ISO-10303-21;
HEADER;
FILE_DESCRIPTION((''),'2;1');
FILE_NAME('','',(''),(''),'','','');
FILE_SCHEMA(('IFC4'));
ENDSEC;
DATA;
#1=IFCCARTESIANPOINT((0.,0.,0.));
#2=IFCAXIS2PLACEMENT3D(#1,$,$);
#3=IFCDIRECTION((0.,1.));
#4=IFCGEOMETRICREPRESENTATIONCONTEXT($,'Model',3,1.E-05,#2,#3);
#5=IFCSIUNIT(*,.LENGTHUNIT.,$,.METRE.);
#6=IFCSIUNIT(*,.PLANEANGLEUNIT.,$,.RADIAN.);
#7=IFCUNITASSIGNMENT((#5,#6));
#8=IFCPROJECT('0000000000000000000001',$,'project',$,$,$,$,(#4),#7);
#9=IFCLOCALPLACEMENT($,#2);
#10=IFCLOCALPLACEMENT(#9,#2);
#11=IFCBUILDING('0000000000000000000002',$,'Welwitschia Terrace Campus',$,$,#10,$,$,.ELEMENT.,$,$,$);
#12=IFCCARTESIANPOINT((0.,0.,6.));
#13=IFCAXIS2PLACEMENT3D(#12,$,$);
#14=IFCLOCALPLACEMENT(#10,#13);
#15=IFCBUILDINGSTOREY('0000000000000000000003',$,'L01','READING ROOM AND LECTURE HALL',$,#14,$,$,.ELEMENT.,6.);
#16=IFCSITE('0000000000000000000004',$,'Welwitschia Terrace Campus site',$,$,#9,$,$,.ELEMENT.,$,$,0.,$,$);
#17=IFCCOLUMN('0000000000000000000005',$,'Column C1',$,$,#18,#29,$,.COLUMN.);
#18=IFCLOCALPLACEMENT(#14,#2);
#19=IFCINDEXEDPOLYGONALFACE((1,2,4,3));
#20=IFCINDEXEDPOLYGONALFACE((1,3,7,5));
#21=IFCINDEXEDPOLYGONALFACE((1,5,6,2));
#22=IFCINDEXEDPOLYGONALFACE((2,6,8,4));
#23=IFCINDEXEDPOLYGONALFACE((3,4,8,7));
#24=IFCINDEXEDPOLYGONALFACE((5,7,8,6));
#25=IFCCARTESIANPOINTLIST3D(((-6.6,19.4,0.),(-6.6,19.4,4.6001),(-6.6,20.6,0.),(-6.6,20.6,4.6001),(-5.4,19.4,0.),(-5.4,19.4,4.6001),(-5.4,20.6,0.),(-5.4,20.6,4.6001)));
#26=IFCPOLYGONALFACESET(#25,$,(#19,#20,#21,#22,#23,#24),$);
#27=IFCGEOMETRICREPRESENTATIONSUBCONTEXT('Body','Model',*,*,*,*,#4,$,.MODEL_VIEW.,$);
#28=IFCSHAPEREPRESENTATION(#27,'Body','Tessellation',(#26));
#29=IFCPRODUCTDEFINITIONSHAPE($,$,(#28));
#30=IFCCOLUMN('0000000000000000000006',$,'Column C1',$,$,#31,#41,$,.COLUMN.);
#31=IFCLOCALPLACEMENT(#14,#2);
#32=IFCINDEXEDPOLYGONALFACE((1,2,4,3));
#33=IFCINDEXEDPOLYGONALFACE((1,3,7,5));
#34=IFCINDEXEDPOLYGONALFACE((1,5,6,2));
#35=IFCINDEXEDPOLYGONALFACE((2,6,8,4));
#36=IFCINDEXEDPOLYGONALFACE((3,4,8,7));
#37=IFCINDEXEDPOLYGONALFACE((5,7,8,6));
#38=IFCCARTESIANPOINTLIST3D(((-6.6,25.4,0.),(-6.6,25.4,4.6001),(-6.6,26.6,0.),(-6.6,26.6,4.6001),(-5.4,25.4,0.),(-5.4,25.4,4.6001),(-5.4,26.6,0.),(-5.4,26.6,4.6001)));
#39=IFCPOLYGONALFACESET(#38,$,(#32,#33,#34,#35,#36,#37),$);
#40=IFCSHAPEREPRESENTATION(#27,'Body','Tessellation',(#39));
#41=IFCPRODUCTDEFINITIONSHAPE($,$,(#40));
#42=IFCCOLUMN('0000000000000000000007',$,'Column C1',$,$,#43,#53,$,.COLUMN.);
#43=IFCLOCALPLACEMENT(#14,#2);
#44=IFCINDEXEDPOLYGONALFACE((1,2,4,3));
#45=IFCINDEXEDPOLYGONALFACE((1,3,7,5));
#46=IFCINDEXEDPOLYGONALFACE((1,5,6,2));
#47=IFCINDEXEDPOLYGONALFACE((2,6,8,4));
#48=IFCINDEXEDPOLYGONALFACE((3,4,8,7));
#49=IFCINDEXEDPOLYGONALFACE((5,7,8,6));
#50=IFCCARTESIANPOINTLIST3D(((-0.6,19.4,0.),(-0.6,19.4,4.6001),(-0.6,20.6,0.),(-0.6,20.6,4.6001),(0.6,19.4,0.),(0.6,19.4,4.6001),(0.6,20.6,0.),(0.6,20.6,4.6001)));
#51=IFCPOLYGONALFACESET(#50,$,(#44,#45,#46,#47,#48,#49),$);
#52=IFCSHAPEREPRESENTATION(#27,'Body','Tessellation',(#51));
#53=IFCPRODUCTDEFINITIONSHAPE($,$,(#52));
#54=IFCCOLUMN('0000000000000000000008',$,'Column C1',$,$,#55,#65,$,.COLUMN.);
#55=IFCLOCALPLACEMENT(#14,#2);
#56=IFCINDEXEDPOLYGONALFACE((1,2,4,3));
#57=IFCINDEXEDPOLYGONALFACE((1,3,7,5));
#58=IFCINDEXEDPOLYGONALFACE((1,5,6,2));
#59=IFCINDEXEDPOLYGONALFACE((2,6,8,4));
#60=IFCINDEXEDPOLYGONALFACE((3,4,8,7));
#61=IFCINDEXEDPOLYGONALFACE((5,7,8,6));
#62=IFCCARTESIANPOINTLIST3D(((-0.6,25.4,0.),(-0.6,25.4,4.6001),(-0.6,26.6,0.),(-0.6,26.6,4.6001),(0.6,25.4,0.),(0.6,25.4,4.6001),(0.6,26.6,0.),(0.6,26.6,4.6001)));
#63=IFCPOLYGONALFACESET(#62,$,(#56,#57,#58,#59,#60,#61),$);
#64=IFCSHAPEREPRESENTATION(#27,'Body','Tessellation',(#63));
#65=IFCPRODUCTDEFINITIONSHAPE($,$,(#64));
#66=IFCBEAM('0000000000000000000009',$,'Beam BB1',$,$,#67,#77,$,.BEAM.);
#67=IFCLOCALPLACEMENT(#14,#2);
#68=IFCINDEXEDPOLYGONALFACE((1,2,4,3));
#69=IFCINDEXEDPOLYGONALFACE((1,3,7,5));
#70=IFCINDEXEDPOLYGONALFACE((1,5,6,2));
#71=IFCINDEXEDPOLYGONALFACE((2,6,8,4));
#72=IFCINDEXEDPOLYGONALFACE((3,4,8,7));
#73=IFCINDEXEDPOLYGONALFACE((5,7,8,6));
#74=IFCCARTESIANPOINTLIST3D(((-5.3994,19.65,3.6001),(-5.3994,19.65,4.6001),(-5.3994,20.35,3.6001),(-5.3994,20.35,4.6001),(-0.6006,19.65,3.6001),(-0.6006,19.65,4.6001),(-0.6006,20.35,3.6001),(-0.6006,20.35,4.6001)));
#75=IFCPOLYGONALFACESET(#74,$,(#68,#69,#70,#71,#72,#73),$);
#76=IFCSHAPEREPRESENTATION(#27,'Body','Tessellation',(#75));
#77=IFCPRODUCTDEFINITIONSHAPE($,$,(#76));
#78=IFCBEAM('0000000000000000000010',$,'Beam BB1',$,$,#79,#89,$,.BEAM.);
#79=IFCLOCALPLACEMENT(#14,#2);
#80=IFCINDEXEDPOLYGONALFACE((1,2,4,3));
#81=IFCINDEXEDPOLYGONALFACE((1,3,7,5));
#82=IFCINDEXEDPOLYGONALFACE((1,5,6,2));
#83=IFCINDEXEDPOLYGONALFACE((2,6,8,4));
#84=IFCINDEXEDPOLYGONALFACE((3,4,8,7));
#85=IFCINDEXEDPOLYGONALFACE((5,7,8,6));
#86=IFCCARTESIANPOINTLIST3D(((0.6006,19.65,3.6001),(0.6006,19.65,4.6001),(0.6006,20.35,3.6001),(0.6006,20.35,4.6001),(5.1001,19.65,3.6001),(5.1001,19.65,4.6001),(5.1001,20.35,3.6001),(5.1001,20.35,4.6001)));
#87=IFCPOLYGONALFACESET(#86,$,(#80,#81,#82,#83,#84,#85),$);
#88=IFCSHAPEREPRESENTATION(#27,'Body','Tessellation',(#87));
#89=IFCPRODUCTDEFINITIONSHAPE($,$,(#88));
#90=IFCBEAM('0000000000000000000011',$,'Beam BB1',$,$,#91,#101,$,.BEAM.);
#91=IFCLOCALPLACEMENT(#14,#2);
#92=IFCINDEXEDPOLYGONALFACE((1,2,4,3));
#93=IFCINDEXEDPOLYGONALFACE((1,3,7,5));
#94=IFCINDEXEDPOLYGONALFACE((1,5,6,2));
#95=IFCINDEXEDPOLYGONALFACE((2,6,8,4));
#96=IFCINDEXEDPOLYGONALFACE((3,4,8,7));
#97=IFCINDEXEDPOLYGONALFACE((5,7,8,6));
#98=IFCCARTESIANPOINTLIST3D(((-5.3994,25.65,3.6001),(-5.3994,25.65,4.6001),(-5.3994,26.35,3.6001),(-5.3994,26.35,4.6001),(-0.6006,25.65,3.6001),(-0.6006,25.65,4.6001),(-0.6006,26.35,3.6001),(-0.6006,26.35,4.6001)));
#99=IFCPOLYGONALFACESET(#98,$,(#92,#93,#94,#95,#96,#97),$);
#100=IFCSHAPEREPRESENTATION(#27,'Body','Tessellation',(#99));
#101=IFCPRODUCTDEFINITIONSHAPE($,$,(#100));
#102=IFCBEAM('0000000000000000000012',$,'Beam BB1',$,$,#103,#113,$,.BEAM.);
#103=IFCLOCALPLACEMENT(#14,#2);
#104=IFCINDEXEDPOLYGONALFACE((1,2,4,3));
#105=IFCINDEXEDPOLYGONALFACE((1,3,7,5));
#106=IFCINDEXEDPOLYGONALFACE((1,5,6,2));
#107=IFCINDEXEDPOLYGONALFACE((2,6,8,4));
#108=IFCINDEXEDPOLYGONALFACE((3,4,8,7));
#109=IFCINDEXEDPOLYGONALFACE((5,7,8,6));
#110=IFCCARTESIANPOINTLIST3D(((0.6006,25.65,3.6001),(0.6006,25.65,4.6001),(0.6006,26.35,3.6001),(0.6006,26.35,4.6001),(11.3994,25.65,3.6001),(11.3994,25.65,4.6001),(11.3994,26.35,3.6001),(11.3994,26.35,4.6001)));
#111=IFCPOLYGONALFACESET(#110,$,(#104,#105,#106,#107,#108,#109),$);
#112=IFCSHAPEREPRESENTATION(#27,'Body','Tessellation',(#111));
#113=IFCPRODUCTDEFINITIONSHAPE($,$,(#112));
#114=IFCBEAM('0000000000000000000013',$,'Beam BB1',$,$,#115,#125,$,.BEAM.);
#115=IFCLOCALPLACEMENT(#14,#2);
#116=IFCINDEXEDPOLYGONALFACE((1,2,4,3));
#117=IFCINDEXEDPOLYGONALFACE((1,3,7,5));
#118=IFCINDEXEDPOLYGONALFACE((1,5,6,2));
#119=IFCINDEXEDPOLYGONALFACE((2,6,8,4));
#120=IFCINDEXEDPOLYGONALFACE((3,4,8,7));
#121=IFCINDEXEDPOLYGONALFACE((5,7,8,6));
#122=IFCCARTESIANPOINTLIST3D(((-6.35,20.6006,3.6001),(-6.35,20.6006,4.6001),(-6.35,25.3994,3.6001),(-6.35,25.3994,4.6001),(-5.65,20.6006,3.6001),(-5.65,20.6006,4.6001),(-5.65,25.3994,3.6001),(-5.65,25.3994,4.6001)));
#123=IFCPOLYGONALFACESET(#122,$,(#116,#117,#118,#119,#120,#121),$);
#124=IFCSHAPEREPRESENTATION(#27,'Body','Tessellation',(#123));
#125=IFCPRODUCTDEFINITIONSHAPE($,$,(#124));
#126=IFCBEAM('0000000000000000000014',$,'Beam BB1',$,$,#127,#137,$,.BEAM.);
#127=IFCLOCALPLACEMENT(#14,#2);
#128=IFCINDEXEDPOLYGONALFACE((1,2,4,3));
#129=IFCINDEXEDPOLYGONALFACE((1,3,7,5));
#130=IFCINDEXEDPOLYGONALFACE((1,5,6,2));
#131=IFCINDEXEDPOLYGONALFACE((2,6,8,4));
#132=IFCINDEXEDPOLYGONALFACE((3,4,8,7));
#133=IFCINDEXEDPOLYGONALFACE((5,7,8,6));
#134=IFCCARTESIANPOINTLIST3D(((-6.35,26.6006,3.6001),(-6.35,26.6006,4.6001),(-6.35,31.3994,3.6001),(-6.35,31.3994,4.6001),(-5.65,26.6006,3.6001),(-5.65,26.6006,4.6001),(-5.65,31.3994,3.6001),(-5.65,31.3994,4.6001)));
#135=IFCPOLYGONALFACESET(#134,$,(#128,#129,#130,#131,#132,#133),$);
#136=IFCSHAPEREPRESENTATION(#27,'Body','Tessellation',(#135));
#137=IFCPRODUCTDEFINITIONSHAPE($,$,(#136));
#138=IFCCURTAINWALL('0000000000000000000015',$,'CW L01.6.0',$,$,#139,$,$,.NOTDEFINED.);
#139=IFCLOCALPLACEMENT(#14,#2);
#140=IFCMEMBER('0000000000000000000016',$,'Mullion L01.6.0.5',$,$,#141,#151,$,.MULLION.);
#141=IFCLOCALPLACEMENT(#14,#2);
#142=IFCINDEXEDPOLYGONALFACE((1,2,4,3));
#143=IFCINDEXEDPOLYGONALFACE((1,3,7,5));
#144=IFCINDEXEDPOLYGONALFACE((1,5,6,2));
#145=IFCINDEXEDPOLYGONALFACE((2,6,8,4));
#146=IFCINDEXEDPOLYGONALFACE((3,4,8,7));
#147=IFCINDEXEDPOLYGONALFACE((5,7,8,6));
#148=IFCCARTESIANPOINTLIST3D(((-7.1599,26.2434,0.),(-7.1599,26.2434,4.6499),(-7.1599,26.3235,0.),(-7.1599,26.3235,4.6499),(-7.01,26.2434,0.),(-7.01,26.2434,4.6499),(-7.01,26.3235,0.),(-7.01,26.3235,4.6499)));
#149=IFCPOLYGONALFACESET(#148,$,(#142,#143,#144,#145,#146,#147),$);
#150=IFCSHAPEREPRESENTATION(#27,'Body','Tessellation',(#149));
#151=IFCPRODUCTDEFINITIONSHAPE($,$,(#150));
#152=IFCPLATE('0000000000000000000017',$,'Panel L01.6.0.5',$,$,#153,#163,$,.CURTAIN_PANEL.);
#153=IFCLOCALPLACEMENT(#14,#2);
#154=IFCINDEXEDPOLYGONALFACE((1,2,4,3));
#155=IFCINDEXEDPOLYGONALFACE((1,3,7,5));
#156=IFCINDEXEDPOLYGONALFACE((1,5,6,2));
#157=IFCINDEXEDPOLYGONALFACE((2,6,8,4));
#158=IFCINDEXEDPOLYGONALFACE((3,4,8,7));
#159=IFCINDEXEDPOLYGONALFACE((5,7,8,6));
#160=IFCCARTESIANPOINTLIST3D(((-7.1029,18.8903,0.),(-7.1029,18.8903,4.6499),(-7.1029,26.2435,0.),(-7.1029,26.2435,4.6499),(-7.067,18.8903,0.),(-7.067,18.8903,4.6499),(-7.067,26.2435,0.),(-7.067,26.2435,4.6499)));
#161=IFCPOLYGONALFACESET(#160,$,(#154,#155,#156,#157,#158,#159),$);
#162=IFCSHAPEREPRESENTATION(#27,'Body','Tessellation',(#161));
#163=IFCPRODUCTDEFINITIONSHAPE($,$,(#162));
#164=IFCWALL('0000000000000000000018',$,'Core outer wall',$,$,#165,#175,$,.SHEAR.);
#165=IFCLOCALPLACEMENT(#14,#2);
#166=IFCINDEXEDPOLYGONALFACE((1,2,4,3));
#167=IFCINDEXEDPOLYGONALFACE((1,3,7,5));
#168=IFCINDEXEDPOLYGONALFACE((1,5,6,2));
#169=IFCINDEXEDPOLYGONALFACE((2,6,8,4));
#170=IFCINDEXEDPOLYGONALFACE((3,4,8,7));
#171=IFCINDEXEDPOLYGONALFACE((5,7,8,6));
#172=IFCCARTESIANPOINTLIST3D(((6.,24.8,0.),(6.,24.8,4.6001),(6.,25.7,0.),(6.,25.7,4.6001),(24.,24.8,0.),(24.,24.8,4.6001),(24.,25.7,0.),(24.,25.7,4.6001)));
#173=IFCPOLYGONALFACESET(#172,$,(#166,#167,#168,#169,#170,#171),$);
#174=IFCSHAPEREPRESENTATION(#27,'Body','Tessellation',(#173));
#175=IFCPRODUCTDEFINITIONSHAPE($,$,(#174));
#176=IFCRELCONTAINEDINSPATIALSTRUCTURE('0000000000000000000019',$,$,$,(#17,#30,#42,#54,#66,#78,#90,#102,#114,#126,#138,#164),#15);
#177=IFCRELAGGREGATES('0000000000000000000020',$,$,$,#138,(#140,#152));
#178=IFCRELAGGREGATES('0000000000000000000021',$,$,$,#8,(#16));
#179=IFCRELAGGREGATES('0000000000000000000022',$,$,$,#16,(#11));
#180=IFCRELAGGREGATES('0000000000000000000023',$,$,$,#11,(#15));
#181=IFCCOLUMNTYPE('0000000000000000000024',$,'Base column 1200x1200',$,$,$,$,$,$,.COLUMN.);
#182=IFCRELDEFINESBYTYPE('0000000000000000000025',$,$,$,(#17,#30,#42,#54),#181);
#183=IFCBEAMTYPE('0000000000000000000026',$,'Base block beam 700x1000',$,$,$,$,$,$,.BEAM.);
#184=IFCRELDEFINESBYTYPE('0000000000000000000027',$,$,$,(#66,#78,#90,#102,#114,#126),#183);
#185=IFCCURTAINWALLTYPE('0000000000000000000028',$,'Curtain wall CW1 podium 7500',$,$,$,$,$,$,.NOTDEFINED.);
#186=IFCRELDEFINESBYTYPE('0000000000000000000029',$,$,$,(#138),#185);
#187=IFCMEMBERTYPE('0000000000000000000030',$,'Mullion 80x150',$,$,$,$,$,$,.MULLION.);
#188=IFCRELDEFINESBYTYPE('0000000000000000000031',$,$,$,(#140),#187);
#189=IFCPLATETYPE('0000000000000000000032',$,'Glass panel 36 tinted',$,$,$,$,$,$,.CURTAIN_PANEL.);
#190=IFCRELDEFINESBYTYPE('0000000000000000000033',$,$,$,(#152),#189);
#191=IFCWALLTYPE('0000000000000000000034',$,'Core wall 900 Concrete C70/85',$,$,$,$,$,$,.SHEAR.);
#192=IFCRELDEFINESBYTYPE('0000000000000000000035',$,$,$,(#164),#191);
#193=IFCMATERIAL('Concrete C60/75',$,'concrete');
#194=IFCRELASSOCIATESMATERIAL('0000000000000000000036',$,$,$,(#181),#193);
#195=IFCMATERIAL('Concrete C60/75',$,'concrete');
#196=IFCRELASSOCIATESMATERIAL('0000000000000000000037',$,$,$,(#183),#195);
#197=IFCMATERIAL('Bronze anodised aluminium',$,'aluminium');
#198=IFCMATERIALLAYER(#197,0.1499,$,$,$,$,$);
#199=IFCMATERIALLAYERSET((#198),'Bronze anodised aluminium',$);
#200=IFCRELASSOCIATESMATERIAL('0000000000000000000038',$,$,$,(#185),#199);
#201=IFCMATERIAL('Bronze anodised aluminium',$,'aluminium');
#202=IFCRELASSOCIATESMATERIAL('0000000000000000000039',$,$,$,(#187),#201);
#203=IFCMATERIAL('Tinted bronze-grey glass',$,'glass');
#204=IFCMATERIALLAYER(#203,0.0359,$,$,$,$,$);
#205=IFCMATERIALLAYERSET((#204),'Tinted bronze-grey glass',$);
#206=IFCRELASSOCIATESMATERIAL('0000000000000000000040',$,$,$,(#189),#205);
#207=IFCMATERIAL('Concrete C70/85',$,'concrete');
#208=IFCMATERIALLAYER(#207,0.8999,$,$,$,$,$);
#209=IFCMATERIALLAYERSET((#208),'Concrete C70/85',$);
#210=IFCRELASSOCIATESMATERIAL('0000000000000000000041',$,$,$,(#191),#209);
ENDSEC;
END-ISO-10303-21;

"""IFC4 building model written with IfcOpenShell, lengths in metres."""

from ifc_helpers import new_model, si_unit, direction, frame, frame_2d, origin, origin_2d, place, context, subcontext, project, spatial, rectangle, extrude, material, layer, layer_set, material_profile, profile_set, type_object, element, aggregate, save


model = new_model("IFC4")

# Units and contexts
model_context = context("Model", 3, precision=1e-05, world=origin(), true_north=direction((0.0, 1.0)))
body_context = subcontext(model_context, "Body", "Model", "MODEL_VIEW")
ifc_project = project(units=[si_unit("LENGTHUNIT", "METRE"), si_unit("PLANEANGLEUNIT", "RADIAN")], contexts=[model_context])

# Site, building, storey
site_placement = place(None, origin())
site = spatial("IfcSite", under=ifc_project, at=site_placement, Name="Welwitschia Terrace Campus site", CompositionType="ELEMENT", RefElevation=0.0)
building_placement = place(site_placement, origin())
building = spatial("IfcBuilding", under=site, at=building_placement, Name="Welwitschia Terrace Campus", CompositionType="ELEMENT")
storey_placement = place(building_placement, frame((0.0, 0.0, 6.0)))
storey = spatial("IfcBuildingStorey", under=building, at=storey_placement, Name="L01", Description="READING ROOM AND LECTURE HALL", CompositionType="ELEMENT", Elevation=6.0)

# Columns
ifc_material_1 = material(Name="Concrete C60/75", Category="concrete")
ifc_material_profile_1 = material_profile(ifc_material_1, rectangle(XDim=1.2, YDim=1.2, at=origin_2d()))
ifc_profile_set_1 = profile_set([ifc_material_profile_1], Name="Concrete C60/75")
column_type = type_object("IfcColumnType", Name="Base column 1200x1200", PredefinedType="COLUMN", material=ifc_profile_set_1)
for number, where, z_axis, x_axis, name in (
    (1, (-6.0, 20.0, 0.0), (0.0, 0.0, 1.0), (1.0, 0.0, 0.0), "Column C1"),
    (2, (-6.0, 26.0, 0.0), (0.0, 0.0, 1.0), (1.0, 0.0, 0.0), "Column C1"),
    (3, (0.0, 20.0, 0.0), (0.0, 0.0, 1.0), (1.0, 0.0, 0.0), "Column C1"),
    (4, (0.0, 26.0, 0.0), (0.0, 0.0, 1.0), (1.0, 0.0, 0.0), "Column C1"),
):
    element("IfcColumn", number, at=place(storey_placement, frame(where, z_axis=z_axis, x_axis=x_axis)), inside=storey, type_object=column_type, Name=name, PredefinedType="COLUMN", context=body_context, shape_type="SweptSolid", body=[
        extrude(rectangle(XDim=1.2, YDim=1.2, at=origin_2d()), origin(), (0.0, 0.0, 1.0), 4.6001),
    ])

# Beams
ifc_material_2 = material(Name="Concrete C60/75", Category="concrete")
ifc_material_profile_2 = material_profile(ifc_material_2, rectangle(XDim=0.7, YDim=1.0, at=origin_2d()))
ifc_profile_set_2 = profile_set([ifc_material_profile_2], Name="Concrete C60/75")
beam_type = type_object("IfcBeamType", Name="Base block beam 700x1000", PredefinedType="BEAM", material=ifc_profile_set_2)
beam_1_placement = place(storey_placement, frame((-5.3994, 20.0, 4.1001), z_axis=(1.0, 0.0, 0.0), x_axis=(0.0, 1.0, 0.0)))
element("IfcBeam", 5, at=beam_1_placement, inside=storey, type_object=beam_type, Name="Beam BB1", PredefinedType="BEAM", context=body_context, shape_type="SweptSolid", body=[
    extrude(rectangle(XDim=0.7, YDim=1.0, at=origin_2d()), origin(), (0.0, 0.0, 1.0), 4.7988),
])
beam_2_placement = place(storey_placement, frame((0.6006, 20.0, 4.1001), z_axis=(1.0, 0.0, 0.0), x_axis=(0.0, 1.0, 0.0)))
element("IfcBeam", 6, at=beam_2_placement, inside=storey, type_object=beam_type, Name="Beam BB1", PredefinedType="BEAM", context=body_context, shape_type="SweptSolid", body=[
    extrude(rectangle(XDim=0.7, YDim=1.0, at=origin_2d()), origin(), (0.0, 0.0, 1.0), 4.4995),
])
beam_3_placement = place(storey_placement, frame((-5.3994, 26.0, 4.1001), z_axis=(1.0, 0.0, 0.0), x_axis=(0.0, 1.0, 0.0)))
element("IfcBeam", 7, at=beam_3_placement, inside=storey, type_object=beam_type, Name="Beam BB1", PredefinedType="BEAM", context=body_context, shape_type="SweptSolid", body=[
    extrude(rectangle(XDim=0.7, YDim=1.0, at=origin_2d()), origin(), (0.0, 0.0, 1.0), 4.7988),
])
beam_4_placement = place(storey_placement, frame((0.6006, 26.0, 4.1001), z_axis=(1.0, 0.0, 0.0), x_axis=(0.0, 1.0, 0.0)))
element("IfcBeam", 8, at=beam_4_placement, inside=storey, type_object=beam_type, Name="Beam BB1", PredefinedType="BEAM", context=body_context, shape_type="SweptSolid", body=[
    extrude(rectangle(XDim=0.7, YDim=1.0, at=origin_2d()), origin(), (0.0, 0.0, 1.0), 10.7988),
])
for number, where, z_axis, x_axis, name in (
    (9, (-6.0, 20.6006, 4.1001), (0.0, 1.0, 0.0), (-1.0, 0.0, 0.0), "Beam BB1"),
    (10, (-6.0, 26.6006, 4.1001), (0.0, 1.0, 0.0), (-1.0, 0.0, 0.0), "Beam BB1"),
):
    element("IfcBeam", number, at=place(storey_placement, frame(where, z_axis=z_axis, x_axis=x_axis)), inside=storey, type_object=beam_type, Name=name, PredefinedType="BEAM", context=body_context, shape_type="SweptSolid", body=[
        extrude(rectangle(XDim=0.7, YDim=1.0, at=origin_2d()), origin(), (0.0, 0.0, 1.0), 4.7988),
    ])

# Curtain wall, member, plate
ifc_material_3 = material(Name="Bronze anodised aluminium", Category="aluminium")
ifc_layer_1 = layer(ifc_material_3, 0.1499)
ifc_layer_set_1 = layer_set([ifc_layer_1], Name="Bronze anodised aluminium")
curtain_wall_type = type_object("IfcCurtainWallType", Name="Curtain wall CW1 podium 7500", PredefinedType="NOTDEFINED", material=ifc_layer_set_1)
curtain_wall_placement = place(storey_placement, origin())
curtain_wall = element("IfcCurtainWall", 11, at=curtain_wall_placement, inside=storey, type_object=curtain_wall_type, Name="CW L01.6.0", PredefinedType="NOTDEFINED")
ifc_material_4 = material(Name="Bronze anodised aluminium", Category="aluminium")
ifc_material_profile_3 = material_profile(ifc_material_4, rectangle(XDim=0.1499, YDim=0.0801, at=origin_2d()))
ifc_profile_set_3 = profile_set([ifc_material_profile_3], Name="Bronze anodised aluminium")
member_type = type_object("IfcMemberType", Name="Mullion 80x150", PredefinedType="MULLION", material=ifc_profile_set_3)
member_placement = place(storey_placement, frame((-7.085, 26.2834, 0.0), z_axis=(0.0, 0.0, 1.0), x_axis=(1.0, 0.0, 0.0)))
member = element("IfcMember", 12, at=member_placement, type_object=member_type, Name="Mullion L01.6.0.5", PredefinedType="MULLION", context=body_context, shape_type="SweptSolid", body=[
    extrude(rectangle(XDim=0.1499, YDim=0.0801, at=origin_2d()), origin(), (0.0, 0.0, 1.0), 4.6499),
])
ifc_material_5 = material(Name="Tinted bronze-grey glass", Category="glass")
ifc_layer_2 = layer(ifc_material_5, 0.0359)
ifc_layer_set_2 = layer_set([ifc_layer_2], Name="Tinted bronze-grey glass")
plate_type = type_object("IfcPlateType", Name="Glass panel 36 tinted", PredefinedType="CURTAIN_PANEL", material=ifc_layer_set_2)
plate_placement = place(storey_placement, frame((-7.085, 22.5669, 0.0), z_axis=(0.0, 0.0, 1.0), x_axis=(0.0, -1.0, 0.0)))
plate = element("IfcPlate", 13, at=plate_placement, type_object=plate_type, Name="Panel L01.6.0.5", PredefinedType="CURTAIN_PANEL", context=body_context, shape_type="SweptSolid", body=[
    extrude(rectangle(XDim=7.3533, YDim=0.0359, at=origin_2d()), origin(), (0.0, 0.0, 1.0), 4.6499),
])
aggregate(curtain_wall, [member, plate])

# Wall
ifc_material_6 = material(Name="Concrete C70/85", Category="concrete")
ifc_layer_3 = layer(ifc_material_6, 0.8999)
ifc_layer_set_3 = layer_set([ifc_layer_3], Name="Concrete C70/85")
wall_type_1 = type_object("IfcWallType", Name="Core wall 900 Concrete C70/85", PredefinedType="SHEAR", material=ifc_layer_set_3)
wall_1_placement = place(storey_placement, frame((6.0, 25.25, 0.0), z_axis=(0.0, 0.0, 1.0), x_axis=(1.0, 0.0, 0.0)))
element("IfcWall", 14, at=wall_1_placement, inside=storey, type_object=wall_type_1, Name="Core outer wall", PredefinedType="SHEAR", context=body_context, shape_type="SweptSolid", body=[
    extrude(rectangle(XDim=18.0, YDim=0.8999, at=frame_2d((9.0, 0.0))), origin(), (0.0, 0.0, 1.0), 4.6001),
])

save(model, "model.ifc")
